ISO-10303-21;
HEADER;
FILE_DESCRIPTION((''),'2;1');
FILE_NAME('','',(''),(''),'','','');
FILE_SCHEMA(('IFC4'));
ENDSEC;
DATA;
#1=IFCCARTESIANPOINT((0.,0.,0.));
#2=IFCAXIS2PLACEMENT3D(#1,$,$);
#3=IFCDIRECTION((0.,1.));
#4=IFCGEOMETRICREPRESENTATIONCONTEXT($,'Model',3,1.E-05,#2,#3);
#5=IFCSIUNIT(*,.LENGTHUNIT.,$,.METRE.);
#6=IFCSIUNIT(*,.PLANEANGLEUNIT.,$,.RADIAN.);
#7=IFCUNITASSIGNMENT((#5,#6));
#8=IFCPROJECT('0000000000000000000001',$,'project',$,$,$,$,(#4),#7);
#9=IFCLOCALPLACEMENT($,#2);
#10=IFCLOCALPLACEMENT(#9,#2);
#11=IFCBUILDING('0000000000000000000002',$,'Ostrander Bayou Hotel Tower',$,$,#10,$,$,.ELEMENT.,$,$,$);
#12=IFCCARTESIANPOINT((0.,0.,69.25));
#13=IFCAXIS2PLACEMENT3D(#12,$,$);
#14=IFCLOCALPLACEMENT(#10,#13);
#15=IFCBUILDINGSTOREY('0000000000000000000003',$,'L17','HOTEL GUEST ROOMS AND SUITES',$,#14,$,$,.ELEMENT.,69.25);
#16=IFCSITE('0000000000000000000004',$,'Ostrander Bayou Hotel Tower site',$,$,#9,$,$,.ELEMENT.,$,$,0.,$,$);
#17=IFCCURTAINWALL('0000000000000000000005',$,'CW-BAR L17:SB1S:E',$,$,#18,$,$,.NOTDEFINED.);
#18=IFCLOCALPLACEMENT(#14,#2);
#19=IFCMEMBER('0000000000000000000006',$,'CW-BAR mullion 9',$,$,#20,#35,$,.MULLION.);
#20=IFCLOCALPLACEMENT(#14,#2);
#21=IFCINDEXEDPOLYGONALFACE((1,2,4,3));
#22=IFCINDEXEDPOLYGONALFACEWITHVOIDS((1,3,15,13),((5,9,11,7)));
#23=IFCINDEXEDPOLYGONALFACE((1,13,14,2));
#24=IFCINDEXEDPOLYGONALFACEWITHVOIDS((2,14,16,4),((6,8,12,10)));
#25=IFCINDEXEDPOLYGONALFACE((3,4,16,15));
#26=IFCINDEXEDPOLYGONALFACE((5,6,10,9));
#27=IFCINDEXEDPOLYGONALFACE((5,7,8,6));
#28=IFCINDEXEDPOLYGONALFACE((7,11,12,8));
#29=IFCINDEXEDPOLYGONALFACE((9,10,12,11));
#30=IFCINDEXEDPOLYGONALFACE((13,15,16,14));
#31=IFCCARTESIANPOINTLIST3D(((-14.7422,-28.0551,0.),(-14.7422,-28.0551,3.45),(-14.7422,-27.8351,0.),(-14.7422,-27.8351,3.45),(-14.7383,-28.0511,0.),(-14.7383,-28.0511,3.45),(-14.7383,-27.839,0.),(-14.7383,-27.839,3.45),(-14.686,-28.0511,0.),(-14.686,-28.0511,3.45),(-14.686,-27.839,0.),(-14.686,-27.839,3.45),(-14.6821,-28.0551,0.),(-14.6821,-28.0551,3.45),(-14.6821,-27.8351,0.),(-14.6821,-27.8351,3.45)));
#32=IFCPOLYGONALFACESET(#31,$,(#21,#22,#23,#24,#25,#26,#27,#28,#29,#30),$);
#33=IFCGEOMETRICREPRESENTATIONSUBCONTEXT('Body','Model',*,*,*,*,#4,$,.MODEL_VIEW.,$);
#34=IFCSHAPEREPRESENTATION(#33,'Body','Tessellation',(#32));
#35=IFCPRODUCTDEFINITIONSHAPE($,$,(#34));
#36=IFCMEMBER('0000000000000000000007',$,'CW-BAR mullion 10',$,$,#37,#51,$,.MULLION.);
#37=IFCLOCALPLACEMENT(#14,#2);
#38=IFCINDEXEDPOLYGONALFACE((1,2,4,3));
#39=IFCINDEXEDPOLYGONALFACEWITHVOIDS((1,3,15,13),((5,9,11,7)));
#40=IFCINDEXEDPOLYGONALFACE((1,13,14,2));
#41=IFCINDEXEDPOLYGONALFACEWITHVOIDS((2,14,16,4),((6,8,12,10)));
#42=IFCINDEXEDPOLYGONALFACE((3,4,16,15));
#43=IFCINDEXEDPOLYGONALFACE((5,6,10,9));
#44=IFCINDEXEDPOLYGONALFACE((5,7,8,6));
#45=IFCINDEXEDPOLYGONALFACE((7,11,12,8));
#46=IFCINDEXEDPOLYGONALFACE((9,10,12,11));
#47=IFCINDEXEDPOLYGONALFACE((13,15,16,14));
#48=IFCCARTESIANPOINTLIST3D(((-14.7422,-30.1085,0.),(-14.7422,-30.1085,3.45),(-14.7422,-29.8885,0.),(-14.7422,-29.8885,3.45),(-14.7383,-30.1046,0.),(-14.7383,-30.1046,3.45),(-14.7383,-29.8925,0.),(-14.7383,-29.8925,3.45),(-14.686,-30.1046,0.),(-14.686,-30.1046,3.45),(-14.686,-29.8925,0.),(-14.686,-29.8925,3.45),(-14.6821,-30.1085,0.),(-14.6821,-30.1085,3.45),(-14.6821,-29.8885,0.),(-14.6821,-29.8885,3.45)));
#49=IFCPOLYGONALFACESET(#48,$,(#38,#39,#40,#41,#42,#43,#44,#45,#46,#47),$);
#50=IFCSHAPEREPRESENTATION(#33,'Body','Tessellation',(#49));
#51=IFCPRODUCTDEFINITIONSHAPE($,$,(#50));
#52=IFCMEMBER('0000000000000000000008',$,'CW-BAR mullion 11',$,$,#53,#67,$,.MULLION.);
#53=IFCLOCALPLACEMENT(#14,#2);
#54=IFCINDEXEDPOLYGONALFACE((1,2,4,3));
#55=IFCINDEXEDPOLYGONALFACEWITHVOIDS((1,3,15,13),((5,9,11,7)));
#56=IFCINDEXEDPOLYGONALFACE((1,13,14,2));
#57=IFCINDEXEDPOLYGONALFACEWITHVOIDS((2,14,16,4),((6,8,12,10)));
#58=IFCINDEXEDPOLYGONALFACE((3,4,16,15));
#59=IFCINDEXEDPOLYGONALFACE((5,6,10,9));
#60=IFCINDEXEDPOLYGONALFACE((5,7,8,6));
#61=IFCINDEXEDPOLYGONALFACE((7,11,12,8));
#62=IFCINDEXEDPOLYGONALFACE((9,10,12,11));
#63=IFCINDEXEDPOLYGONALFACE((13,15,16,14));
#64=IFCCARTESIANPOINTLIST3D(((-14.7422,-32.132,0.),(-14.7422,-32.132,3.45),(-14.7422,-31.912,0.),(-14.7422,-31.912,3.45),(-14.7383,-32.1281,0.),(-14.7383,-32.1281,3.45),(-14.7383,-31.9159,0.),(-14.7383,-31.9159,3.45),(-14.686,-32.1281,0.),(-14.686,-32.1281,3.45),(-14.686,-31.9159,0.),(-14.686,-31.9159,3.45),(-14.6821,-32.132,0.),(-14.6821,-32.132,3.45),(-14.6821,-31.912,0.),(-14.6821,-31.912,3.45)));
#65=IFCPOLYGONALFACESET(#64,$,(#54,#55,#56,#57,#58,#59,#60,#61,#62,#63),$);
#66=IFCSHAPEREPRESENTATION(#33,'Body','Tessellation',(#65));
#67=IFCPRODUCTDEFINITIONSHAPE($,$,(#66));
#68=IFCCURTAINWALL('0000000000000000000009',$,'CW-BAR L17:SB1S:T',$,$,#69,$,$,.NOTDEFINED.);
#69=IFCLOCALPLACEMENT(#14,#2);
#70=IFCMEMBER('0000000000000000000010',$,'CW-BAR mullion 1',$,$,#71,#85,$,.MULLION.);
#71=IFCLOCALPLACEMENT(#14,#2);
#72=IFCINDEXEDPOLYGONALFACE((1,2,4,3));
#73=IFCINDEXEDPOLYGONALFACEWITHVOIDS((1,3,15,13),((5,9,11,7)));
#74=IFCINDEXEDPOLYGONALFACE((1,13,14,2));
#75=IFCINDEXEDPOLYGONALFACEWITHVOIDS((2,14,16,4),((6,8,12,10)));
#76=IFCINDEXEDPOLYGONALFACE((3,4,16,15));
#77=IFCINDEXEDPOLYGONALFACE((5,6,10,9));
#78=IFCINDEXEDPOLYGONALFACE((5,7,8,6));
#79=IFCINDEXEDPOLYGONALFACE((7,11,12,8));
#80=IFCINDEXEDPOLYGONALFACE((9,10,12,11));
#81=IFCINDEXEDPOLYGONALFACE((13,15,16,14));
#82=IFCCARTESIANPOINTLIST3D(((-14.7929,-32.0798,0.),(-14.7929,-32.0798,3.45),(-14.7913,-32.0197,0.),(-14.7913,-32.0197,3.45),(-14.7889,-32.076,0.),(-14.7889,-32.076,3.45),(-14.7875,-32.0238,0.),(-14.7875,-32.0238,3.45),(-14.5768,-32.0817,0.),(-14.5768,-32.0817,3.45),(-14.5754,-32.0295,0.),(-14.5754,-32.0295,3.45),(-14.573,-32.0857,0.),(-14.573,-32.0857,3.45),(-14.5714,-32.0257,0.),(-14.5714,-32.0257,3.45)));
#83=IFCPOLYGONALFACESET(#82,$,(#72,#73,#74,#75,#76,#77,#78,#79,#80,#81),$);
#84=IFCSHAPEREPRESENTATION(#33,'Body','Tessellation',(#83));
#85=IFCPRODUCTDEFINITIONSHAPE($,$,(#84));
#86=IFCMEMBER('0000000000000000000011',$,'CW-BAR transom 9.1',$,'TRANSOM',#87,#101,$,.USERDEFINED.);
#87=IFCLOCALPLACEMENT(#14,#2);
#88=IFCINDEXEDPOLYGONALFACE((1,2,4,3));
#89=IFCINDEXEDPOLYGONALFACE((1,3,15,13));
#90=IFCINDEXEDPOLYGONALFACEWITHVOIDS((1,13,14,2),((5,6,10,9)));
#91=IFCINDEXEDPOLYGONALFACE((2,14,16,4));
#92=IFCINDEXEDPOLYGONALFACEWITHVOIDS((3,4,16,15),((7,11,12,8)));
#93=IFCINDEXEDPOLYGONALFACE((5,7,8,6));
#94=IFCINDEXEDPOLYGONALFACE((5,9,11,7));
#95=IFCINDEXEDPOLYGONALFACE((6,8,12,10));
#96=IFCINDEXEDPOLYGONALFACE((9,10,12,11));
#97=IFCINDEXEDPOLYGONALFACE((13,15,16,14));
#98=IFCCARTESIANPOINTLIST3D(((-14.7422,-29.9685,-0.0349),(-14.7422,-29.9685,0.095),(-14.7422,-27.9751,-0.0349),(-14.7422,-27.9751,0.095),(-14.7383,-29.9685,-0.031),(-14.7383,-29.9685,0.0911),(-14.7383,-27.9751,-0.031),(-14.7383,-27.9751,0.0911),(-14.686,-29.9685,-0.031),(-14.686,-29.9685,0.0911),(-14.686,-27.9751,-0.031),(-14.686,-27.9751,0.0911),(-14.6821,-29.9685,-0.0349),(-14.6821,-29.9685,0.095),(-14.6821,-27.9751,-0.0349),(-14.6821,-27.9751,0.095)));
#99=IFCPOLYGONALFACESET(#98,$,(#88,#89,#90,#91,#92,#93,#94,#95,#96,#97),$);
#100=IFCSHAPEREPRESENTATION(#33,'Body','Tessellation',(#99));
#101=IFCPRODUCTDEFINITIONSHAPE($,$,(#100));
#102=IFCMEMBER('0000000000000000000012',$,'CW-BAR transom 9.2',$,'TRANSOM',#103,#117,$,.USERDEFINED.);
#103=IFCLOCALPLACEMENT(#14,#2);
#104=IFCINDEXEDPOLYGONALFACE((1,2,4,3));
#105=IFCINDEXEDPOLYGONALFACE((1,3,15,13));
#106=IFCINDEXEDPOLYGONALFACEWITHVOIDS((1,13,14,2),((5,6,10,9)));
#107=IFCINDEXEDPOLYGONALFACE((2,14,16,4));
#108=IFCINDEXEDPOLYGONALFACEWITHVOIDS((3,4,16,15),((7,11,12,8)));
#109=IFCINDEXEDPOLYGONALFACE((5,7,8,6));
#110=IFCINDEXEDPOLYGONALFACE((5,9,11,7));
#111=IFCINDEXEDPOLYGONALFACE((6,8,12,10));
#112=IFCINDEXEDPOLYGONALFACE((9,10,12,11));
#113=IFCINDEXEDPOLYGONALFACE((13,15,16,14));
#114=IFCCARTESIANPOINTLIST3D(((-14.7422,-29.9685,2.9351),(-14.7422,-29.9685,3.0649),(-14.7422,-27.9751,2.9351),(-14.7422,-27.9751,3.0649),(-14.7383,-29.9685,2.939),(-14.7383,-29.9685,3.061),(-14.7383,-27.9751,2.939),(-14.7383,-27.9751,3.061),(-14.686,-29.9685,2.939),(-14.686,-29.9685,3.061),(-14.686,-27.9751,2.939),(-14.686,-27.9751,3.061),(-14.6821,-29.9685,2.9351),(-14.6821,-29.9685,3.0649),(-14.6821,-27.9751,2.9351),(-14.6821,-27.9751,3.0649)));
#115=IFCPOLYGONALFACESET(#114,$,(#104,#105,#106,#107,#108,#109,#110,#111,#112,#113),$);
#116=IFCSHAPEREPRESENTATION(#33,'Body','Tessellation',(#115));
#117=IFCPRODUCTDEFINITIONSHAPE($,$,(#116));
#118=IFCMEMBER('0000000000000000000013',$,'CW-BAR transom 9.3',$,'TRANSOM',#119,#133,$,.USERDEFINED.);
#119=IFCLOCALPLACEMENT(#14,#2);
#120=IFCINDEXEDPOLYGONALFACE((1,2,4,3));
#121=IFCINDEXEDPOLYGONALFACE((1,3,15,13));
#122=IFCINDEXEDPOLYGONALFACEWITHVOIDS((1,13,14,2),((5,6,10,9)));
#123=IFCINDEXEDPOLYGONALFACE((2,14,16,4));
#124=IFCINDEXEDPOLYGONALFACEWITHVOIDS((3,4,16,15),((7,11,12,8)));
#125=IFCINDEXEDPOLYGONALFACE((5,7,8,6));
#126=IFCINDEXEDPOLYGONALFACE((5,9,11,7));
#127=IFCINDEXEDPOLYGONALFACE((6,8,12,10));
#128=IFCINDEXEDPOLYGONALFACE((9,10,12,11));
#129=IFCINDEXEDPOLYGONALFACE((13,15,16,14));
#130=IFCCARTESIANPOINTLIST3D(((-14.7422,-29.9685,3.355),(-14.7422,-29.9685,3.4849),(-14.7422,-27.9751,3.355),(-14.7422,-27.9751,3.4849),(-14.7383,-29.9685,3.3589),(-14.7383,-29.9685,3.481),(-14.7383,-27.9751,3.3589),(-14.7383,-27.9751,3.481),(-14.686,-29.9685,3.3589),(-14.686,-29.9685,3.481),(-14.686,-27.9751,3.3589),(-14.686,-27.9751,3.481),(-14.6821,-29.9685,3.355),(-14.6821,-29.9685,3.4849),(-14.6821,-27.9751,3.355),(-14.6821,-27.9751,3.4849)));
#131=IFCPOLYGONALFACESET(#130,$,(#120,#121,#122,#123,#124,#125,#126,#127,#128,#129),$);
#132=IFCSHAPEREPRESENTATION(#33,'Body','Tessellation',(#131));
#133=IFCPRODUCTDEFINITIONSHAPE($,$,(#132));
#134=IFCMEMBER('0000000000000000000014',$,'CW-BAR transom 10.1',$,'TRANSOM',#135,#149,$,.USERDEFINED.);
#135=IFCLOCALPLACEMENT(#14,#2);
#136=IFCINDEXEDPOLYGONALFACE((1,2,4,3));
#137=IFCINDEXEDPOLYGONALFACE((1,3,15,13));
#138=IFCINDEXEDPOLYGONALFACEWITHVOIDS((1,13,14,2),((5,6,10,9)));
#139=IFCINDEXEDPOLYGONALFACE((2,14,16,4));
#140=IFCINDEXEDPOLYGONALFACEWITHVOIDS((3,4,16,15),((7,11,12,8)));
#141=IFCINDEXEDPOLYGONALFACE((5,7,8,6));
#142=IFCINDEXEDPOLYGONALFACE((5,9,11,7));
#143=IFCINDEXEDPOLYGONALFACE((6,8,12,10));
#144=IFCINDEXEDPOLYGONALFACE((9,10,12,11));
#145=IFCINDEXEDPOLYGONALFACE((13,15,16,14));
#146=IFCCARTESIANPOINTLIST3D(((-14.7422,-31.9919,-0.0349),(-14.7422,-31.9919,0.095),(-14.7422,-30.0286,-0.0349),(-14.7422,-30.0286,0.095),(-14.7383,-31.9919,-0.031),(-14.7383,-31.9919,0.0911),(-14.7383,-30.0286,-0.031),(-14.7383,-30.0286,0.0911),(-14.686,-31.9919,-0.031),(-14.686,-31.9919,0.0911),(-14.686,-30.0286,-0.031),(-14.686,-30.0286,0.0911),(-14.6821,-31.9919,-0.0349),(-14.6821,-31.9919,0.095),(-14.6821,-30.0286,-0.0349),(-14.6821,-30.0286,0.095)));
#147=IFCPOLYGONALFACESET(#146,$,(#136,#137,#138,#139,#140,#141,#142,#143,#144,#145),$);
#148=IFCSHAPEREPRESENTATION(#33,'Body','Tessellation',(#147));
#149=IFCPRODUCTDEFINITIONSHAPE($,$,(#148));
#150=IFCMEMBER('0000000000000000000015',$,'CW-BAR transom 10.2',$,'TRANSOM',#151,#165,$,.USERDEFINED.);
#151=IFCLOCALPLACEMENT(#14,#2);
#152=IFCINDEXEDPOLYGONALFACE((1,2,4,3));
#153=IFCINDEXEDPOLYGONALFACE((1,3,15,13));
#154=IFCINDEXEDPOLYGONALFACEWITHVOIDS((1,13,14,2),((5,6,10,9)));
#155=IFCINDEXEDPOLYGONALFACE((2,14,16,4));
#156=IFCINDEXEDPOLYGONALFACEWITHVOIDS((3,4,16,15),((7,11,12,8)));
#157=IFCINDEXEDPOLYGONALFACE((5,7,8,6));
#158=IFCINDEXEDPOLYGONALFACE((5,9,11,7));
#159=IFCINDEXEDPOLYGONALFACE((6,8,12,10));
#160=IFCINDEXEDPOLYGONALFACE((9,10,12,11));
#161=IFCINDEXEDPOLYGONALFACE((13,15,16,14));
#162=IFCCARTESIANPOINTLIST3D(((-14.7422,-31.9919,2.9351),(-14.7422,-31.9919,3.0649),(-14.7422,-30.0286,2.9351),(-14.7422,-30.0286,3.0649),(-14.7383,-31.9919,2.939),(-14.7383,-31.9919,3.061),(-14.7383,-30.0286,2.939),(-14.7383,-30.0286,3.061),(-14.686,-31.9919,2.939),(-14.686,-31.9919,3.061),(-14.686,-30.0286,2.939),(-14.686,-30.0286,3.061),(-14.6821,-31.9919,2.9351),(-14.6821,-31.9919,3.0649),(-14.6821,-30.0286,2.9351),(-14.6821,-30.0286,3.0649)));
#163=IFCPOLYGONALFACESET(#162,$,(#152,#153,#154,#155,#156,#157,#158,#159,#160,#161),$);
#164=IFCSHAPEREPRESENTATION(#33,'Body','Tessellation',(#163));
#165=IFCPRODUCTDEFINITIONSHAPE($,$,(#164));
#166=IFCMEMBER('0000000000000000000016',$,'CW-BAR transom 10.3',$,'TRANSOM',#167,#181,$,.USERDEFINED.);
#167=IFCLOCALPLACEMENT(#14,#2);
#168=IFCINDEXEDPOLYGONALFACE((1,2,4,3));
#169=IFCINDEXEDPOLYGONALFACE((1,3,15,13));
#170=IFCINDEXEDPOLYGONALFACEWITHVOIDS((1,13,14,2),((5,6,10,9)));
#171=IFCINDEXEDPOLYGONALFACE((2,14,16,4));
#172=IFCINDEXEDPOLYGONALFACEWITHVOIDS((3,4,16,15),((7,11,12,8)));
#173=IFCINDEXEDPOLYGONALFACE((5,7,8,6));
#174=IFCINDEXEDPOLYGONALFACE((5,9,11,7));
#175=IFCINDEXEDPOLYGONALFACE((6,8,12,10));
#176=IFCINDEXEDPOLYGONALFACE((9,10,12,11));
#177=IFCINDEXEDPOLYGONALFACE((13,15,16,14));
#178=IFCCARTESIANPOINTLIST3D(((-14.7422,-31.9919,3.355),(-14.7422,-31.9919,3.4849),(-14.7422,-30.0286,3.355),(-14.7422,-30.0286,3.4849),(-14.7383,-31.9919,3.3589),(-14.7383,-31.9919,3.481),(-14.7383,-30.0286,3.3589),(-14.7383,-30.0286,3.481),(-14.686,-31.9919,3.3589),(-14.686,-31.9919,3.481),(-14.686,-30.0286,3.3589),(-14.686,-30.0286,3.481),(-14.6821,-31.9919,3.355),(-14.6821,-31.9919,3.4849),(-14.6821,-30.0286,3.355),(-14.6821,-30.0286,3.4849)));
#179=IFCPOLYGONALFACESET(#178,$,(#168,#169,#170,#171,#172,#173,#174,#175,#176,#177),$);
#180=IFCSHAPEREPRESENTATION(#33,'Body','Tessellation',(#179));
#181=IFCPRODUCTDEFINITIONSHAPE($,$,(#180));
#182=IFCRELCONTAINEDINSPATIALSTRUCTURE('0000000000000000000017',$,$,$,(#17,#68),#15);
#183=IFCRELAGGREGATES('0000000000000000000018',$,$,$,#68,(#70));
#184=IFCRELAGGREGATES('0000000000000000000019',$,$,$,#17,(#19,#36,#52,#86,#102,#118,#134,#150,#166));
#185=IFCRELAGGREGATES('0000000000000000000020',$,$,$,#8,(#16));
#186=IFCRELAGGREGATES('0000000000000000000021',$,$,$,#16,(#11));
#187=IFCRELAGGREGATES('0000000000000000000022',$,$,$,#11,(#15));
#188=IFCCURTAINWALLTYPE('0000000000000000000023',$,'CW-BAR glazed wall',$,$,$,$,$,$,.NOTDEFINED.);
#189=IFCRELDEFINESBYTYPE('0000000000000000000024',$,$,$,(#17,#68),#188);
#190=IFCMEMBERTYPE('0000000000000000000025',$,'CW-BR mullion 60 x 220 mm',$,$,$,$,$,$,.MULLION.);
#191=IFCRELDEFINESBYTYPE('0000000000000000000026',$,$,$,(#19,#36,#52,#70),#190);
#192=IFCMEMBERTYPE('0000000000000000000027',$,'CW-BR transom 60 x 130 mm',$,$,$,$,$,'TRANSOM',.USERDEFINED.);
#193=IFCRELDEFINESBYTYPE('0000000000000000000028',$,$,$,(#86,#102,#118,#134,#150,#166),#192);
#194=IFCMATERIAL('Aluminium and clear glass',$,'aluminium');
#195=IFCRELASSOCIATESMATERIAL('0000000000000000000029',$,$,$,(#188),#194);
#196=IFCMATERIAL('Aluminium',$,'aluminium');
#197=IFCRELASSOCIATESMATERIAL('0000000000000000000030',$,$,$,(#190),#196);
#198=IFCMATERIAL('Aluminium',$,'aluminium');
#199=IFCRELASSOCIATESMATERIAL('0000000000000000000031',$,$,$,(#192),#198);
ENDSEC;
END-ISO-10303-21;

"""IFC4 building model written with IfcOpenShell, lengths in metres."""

from ifc_helpers import new_model, si_unit, direction, frame, origin, origin_2d, place, context, subcontext, project, spatial, hollow_rectangle, extrude, material, material_profile, profile_set, type_object, element, aggregate, save


model = new_model("IFC4")

# Units and contexts
model_context = context("Model", 3, precision=1e-05, world=origin(), true_north=direction((0.0, 1.0)))
body_context = subcontext(model_context, "Body", "Model", "MODEL_VIEW")
ifc_project = project(units=[si_unit("LENGTHUNIT", "METRE"), si_unit("PLANEANGLEUNIT", "RADIAN")], contexts=[model_context])

# Site, building, storey
site_placement = place(None, origin())
site = spatial("IfcSite", under=ifc_project, at=site_placement, Name="Ostrander Bayou Hotel Tower site", CompositionType="ELEMENT", RefElevation=0.0)
building_placement = place(site_placement, origin())
building = spatial("IfcBuilding", under=site, at=building_placement, Name="Ostrander Bayou Hotel Tower", CompositionType="ELEMENT")
storey_placement = place(building_placement, frame((0.0, 0.0, 69.25)))
storey = spatial("IfcBuildingStorey", under=building, at=storey_placement, Name="L17", Description="HOTEL GUEST ROOMS AND SUITES", CompositionType="ELEMENT", Elevation=69.25)

# Curtain wall, members
ifc_material_1 = material(Name="Aluminium and clear glass", Category="aluminium")
curtain_wall_type = type_object("IfcCurtainWallType", Name="CW-BAR glazed wall", PredefinedType="NOTDEFINED", material=ifc_material_1)
curtain_wall_1_placement = place(storey_placement, origin())
curtain_wall_1 = element("IfcCurtainWall", 1, at=curtain_wall_1_placement, inside=storey, type_object=curtain_wall_type, Name="CW-BAR L17:SB1S:E", PredefinedType="NOTDEFINED")
ifc_material_2 = material(Name="Aluminium", Category="aluminium")
ifc_material_profile_1 = material_profile(ifc_material_2, hollow_rectangle(XDim=0.0601, YDim=0.22, WallThickness=0.0039, at=origin_2d()))
ifc_profile_set_1 = profile_set([ifc_material_profile_1], Name="Aluminium")
member_type_1 = type_object("IfcMemberType", Name="CW-BR mullion 60 x 220 mm", PredefinedType="MULLION", material=ifc_profile_set_1)
member_1_placement = place(storey_placement, frame((-14.7122, -27.9451, 0.0), z_axis=(0.0, 0.0, 1.0), x_axis=(1.0, 0.0, 0.0)))
member_1 = element("IfcMember", 2, at=member_1_placement, type_object=member_type_1, Name="CW-BAR mullion 9", PredefinedType="MULLION", context=body_context, shape_type="SweptSolid", body=[
    extrude(hollow_rectangle(XDim=0.0601, YDim=0.22, WallThickness=0.0039, at=origin_2d()), origin(), (0.0, 0.0, 1.0), 3.45),
])
member_2_placement = place(storey_placement, frame((-14.7122, -29.9985, 0.0), z_axis=(0.0, 0.0, 1.0), x_axis=(1.0, 0.0, 0.0)))
member_2 = element("IfcMember", 3, at=member_2_placement, type_object=member_type_1, Name="CW-BAR mullion 10", PredefinedType="MULLION", context=body_context, shape_type="SweptSolid", body=[
    extrude(hollow_rectangle(XDim=0.0601, YDim=0.22, WallThickness=0.0039, at=origin_2d()), origin(), (0.0, 0.0, 1.0), 3.45),
])
member_3_placement = place(storey_placement, frame((-14.7122, -32.022, 0.0), z_axis=(0.0, 0.0, 1.0), x_axis=(1.0, 0.0, 0.0)))
member_3 = element("IfcMember", 4, at=member_3_placement, type_object=member_type_1, Name="CW-BAR mullion 11", PredefinedType="MULLION", context=body_context, shape_type="SweptSolid", body=[
    extrude(hollow_rectangle(XDim=0.0601, YDim=0.22, WallThickness=0.0039, at=origin_2d()), origin(), (0.0, 0.0, 1.0), 3.45),
])

# Curtain wall, member
curtain_wall_2_placement = place(storey_placement, origin())
curtain_wall_2 = element("IfcCurtainWall", 5, at=curtain_wall_2_placement, inside=storey, type_object=curtain_wall_type, Name="CW-BAR L17:SB1S:T", PredefinedType="NOTDEFINED")
member_4_placement = place(storey_placement, frame((-14.6821, -32.0527, 0.0), z_axis=(0.0, 0.0, 1.0), x_axis=(0.027042, 0.999634, 0.0)))
member_4 = element("IfcMember", 6, at=member_4_placement, type_object=member_type_1, Name="CW-BAR mullion 1", PredefinedType="MULLION", context=body_context, shape_type="SweptSolid", body=[
    extrude(hollow_rectangle(XDim=0.0601, YDim=0.22, WallThickness=0.0039, at=origin_2d()), origin(), (0.0, 0.0, 1.0), 3.45),
])
aggregate(curtain_wall_2, [member_4])

# Members
ifc_material_3 = material(Name="Aluminium", Category="aluminium")
ifc_material_profile_2 = material_profile(ifc_material_3, hollow_rectangle(XDim=0.0601, YDim=0.1299, WallThickness=0.0039, at=origin_2d()))
ifc_profile_set_2 = profile_set([ifc_material_profile_2], Name="Aluminium")
member_type_2 = type_object("IfcMemberType", Name="CW-BR transom 60 x 130 mm", ElementType="TRANSOM", PredefinedType="USERDEFINED", material=ifc_profile_set_2)
member_5_placement = place(storey_placement, frame((-14.7122, -27.9751, 0.03), z_axis=(0.0, -1.0, 0.0), x_axis=(1.0, 0.0, 0.0)))
member_5 = element("IfcMember", 7, at=member_5_placement, type_object=member_type_2, Name="CW-BAR transom 9.1", ObjectType="TRANSOM", PredefinedType="USERDEFINED", context=body_context, shape_type="SweptSolid", body=[
    extrude(hollow_rectangle(XDim=0.0601, YDim=0.1299, WallThickness=0.0039, at=origin_2d()), origin(), (0.0, 0.0, 1.0), 1.9934),
])
member_6_placement = place(storey_placement, frame((-14.7122, -27.9751, 3.0), z_axis=(0.0, -1.0, 0.0), x_axis=(1.0, 0.0, 0.0)))
member_6 = element("IfcMember", 8, at=member_6_placement, type_object=member_type_2, Name="CW-BAR transom 9.2", ObjectType="TRANSOM", PredefinedType="USERDEFINED", context=body_context, shape_type="SweptSolid", body=[
    extrude(hollow_rectangle(XDim=0.0601, YDim=0.1299, WallThickness=0.0039, at=origin_2d()), origin(), (0.0, 0.0, 1.0), 1.9934),
])
member_7_placement = place(storey_placement, frame((-14.7122, -27.9751, 3.4199), z_axis=(0.0, -1.0, 0.0), x_axis=(1.0, 0.0, 0.0)))
member_7 = element("IfcMember", 9, at=member_7_placement, type_object=member_type_2, Name="CW-BAR transom 9.3", ObjectType="TRANSOM", PredefinedType="USERDEFINED", context=body_context, shape_type="SweptSolid", body=[
    extrude(hollow_rectangle(XDim=0.0601, YDim=0.1299, WallThickness=0.0039, at=origin_2d()), origin(), (0.0, 0.0, 1.0), 1.9934),
])
member_8_placement = place(storey_placement, frame((-14.7122, -30.0286, 0.03), z_axis=(0.0, -1.0, 0.0), x_axis=(1.0, 0.0, 0.0)))
member_8 = element("IfcMember", 10, at=member_8_placement, type_object=member_type_2, Name="CW-BAR transom 10.1", ObjectType="TRANSOM", PredefinedType="USERDEFINED", context=body_context, shape_type="SweptSolid", body=[
    extrude(hollow_rectangle(XDim=0.0601, YDim=0.1299, WallThickness=0.0039, at=origin_2d()), origin(), (0.0, 0.0, 1.0), 1.9634),
])
member_9_placement = place(storey_placement, frame((-14.7122, -30.0286, 3.0), z_axis=(0.0, -1.0, 0.0), x_axis=(1.0, 0.0, 0.0)))
member_9 = element("IfcMember", 11, at=member_9_placement, type_object=member_type_2, Name="CW-BAR transom 10.2", ObjectType="TRANSOM", PredefinedType="USERDEFINED", context=body_context, shape_type="SweptSolid", body=[
    extrude(hollow_rectangle(XDim=0.0601, YDim=0.1299, WallThickness=0.0039, at=origin_2d()), origin(), (0.0, 0.0, 1.0), 1.9634),
])
member_10_placement = place(storey_placement, frame((-14.7122, -30.0286, 3.4199), z_axis=(0.0, -1.0, 0.0), x_axis=(1.0, 0.0, 0.0)))
member_10 = element("IfcMember", 12, at=member_10_placement, type_object=member_type_2, Name="CW-BAR transom 10.3", ObjectType="TRANSOM", PredefinedType="USERDEFINED", context=body_context, shape_type="SweptSolid", body=[
    extrude(hollow_rectangle(XDim=0.0601, YDim=0.1299, WallThickness=0.0039, at=origin_2d()), origin(), (0.0, 0.0, 1.0), 1.9634),
])

aggregate(curtain_wall_1, [member_1, member_2, member_3, member_5, member_6, member_7, member_8, member_9, member_10])

save(model, "model.ifc")
